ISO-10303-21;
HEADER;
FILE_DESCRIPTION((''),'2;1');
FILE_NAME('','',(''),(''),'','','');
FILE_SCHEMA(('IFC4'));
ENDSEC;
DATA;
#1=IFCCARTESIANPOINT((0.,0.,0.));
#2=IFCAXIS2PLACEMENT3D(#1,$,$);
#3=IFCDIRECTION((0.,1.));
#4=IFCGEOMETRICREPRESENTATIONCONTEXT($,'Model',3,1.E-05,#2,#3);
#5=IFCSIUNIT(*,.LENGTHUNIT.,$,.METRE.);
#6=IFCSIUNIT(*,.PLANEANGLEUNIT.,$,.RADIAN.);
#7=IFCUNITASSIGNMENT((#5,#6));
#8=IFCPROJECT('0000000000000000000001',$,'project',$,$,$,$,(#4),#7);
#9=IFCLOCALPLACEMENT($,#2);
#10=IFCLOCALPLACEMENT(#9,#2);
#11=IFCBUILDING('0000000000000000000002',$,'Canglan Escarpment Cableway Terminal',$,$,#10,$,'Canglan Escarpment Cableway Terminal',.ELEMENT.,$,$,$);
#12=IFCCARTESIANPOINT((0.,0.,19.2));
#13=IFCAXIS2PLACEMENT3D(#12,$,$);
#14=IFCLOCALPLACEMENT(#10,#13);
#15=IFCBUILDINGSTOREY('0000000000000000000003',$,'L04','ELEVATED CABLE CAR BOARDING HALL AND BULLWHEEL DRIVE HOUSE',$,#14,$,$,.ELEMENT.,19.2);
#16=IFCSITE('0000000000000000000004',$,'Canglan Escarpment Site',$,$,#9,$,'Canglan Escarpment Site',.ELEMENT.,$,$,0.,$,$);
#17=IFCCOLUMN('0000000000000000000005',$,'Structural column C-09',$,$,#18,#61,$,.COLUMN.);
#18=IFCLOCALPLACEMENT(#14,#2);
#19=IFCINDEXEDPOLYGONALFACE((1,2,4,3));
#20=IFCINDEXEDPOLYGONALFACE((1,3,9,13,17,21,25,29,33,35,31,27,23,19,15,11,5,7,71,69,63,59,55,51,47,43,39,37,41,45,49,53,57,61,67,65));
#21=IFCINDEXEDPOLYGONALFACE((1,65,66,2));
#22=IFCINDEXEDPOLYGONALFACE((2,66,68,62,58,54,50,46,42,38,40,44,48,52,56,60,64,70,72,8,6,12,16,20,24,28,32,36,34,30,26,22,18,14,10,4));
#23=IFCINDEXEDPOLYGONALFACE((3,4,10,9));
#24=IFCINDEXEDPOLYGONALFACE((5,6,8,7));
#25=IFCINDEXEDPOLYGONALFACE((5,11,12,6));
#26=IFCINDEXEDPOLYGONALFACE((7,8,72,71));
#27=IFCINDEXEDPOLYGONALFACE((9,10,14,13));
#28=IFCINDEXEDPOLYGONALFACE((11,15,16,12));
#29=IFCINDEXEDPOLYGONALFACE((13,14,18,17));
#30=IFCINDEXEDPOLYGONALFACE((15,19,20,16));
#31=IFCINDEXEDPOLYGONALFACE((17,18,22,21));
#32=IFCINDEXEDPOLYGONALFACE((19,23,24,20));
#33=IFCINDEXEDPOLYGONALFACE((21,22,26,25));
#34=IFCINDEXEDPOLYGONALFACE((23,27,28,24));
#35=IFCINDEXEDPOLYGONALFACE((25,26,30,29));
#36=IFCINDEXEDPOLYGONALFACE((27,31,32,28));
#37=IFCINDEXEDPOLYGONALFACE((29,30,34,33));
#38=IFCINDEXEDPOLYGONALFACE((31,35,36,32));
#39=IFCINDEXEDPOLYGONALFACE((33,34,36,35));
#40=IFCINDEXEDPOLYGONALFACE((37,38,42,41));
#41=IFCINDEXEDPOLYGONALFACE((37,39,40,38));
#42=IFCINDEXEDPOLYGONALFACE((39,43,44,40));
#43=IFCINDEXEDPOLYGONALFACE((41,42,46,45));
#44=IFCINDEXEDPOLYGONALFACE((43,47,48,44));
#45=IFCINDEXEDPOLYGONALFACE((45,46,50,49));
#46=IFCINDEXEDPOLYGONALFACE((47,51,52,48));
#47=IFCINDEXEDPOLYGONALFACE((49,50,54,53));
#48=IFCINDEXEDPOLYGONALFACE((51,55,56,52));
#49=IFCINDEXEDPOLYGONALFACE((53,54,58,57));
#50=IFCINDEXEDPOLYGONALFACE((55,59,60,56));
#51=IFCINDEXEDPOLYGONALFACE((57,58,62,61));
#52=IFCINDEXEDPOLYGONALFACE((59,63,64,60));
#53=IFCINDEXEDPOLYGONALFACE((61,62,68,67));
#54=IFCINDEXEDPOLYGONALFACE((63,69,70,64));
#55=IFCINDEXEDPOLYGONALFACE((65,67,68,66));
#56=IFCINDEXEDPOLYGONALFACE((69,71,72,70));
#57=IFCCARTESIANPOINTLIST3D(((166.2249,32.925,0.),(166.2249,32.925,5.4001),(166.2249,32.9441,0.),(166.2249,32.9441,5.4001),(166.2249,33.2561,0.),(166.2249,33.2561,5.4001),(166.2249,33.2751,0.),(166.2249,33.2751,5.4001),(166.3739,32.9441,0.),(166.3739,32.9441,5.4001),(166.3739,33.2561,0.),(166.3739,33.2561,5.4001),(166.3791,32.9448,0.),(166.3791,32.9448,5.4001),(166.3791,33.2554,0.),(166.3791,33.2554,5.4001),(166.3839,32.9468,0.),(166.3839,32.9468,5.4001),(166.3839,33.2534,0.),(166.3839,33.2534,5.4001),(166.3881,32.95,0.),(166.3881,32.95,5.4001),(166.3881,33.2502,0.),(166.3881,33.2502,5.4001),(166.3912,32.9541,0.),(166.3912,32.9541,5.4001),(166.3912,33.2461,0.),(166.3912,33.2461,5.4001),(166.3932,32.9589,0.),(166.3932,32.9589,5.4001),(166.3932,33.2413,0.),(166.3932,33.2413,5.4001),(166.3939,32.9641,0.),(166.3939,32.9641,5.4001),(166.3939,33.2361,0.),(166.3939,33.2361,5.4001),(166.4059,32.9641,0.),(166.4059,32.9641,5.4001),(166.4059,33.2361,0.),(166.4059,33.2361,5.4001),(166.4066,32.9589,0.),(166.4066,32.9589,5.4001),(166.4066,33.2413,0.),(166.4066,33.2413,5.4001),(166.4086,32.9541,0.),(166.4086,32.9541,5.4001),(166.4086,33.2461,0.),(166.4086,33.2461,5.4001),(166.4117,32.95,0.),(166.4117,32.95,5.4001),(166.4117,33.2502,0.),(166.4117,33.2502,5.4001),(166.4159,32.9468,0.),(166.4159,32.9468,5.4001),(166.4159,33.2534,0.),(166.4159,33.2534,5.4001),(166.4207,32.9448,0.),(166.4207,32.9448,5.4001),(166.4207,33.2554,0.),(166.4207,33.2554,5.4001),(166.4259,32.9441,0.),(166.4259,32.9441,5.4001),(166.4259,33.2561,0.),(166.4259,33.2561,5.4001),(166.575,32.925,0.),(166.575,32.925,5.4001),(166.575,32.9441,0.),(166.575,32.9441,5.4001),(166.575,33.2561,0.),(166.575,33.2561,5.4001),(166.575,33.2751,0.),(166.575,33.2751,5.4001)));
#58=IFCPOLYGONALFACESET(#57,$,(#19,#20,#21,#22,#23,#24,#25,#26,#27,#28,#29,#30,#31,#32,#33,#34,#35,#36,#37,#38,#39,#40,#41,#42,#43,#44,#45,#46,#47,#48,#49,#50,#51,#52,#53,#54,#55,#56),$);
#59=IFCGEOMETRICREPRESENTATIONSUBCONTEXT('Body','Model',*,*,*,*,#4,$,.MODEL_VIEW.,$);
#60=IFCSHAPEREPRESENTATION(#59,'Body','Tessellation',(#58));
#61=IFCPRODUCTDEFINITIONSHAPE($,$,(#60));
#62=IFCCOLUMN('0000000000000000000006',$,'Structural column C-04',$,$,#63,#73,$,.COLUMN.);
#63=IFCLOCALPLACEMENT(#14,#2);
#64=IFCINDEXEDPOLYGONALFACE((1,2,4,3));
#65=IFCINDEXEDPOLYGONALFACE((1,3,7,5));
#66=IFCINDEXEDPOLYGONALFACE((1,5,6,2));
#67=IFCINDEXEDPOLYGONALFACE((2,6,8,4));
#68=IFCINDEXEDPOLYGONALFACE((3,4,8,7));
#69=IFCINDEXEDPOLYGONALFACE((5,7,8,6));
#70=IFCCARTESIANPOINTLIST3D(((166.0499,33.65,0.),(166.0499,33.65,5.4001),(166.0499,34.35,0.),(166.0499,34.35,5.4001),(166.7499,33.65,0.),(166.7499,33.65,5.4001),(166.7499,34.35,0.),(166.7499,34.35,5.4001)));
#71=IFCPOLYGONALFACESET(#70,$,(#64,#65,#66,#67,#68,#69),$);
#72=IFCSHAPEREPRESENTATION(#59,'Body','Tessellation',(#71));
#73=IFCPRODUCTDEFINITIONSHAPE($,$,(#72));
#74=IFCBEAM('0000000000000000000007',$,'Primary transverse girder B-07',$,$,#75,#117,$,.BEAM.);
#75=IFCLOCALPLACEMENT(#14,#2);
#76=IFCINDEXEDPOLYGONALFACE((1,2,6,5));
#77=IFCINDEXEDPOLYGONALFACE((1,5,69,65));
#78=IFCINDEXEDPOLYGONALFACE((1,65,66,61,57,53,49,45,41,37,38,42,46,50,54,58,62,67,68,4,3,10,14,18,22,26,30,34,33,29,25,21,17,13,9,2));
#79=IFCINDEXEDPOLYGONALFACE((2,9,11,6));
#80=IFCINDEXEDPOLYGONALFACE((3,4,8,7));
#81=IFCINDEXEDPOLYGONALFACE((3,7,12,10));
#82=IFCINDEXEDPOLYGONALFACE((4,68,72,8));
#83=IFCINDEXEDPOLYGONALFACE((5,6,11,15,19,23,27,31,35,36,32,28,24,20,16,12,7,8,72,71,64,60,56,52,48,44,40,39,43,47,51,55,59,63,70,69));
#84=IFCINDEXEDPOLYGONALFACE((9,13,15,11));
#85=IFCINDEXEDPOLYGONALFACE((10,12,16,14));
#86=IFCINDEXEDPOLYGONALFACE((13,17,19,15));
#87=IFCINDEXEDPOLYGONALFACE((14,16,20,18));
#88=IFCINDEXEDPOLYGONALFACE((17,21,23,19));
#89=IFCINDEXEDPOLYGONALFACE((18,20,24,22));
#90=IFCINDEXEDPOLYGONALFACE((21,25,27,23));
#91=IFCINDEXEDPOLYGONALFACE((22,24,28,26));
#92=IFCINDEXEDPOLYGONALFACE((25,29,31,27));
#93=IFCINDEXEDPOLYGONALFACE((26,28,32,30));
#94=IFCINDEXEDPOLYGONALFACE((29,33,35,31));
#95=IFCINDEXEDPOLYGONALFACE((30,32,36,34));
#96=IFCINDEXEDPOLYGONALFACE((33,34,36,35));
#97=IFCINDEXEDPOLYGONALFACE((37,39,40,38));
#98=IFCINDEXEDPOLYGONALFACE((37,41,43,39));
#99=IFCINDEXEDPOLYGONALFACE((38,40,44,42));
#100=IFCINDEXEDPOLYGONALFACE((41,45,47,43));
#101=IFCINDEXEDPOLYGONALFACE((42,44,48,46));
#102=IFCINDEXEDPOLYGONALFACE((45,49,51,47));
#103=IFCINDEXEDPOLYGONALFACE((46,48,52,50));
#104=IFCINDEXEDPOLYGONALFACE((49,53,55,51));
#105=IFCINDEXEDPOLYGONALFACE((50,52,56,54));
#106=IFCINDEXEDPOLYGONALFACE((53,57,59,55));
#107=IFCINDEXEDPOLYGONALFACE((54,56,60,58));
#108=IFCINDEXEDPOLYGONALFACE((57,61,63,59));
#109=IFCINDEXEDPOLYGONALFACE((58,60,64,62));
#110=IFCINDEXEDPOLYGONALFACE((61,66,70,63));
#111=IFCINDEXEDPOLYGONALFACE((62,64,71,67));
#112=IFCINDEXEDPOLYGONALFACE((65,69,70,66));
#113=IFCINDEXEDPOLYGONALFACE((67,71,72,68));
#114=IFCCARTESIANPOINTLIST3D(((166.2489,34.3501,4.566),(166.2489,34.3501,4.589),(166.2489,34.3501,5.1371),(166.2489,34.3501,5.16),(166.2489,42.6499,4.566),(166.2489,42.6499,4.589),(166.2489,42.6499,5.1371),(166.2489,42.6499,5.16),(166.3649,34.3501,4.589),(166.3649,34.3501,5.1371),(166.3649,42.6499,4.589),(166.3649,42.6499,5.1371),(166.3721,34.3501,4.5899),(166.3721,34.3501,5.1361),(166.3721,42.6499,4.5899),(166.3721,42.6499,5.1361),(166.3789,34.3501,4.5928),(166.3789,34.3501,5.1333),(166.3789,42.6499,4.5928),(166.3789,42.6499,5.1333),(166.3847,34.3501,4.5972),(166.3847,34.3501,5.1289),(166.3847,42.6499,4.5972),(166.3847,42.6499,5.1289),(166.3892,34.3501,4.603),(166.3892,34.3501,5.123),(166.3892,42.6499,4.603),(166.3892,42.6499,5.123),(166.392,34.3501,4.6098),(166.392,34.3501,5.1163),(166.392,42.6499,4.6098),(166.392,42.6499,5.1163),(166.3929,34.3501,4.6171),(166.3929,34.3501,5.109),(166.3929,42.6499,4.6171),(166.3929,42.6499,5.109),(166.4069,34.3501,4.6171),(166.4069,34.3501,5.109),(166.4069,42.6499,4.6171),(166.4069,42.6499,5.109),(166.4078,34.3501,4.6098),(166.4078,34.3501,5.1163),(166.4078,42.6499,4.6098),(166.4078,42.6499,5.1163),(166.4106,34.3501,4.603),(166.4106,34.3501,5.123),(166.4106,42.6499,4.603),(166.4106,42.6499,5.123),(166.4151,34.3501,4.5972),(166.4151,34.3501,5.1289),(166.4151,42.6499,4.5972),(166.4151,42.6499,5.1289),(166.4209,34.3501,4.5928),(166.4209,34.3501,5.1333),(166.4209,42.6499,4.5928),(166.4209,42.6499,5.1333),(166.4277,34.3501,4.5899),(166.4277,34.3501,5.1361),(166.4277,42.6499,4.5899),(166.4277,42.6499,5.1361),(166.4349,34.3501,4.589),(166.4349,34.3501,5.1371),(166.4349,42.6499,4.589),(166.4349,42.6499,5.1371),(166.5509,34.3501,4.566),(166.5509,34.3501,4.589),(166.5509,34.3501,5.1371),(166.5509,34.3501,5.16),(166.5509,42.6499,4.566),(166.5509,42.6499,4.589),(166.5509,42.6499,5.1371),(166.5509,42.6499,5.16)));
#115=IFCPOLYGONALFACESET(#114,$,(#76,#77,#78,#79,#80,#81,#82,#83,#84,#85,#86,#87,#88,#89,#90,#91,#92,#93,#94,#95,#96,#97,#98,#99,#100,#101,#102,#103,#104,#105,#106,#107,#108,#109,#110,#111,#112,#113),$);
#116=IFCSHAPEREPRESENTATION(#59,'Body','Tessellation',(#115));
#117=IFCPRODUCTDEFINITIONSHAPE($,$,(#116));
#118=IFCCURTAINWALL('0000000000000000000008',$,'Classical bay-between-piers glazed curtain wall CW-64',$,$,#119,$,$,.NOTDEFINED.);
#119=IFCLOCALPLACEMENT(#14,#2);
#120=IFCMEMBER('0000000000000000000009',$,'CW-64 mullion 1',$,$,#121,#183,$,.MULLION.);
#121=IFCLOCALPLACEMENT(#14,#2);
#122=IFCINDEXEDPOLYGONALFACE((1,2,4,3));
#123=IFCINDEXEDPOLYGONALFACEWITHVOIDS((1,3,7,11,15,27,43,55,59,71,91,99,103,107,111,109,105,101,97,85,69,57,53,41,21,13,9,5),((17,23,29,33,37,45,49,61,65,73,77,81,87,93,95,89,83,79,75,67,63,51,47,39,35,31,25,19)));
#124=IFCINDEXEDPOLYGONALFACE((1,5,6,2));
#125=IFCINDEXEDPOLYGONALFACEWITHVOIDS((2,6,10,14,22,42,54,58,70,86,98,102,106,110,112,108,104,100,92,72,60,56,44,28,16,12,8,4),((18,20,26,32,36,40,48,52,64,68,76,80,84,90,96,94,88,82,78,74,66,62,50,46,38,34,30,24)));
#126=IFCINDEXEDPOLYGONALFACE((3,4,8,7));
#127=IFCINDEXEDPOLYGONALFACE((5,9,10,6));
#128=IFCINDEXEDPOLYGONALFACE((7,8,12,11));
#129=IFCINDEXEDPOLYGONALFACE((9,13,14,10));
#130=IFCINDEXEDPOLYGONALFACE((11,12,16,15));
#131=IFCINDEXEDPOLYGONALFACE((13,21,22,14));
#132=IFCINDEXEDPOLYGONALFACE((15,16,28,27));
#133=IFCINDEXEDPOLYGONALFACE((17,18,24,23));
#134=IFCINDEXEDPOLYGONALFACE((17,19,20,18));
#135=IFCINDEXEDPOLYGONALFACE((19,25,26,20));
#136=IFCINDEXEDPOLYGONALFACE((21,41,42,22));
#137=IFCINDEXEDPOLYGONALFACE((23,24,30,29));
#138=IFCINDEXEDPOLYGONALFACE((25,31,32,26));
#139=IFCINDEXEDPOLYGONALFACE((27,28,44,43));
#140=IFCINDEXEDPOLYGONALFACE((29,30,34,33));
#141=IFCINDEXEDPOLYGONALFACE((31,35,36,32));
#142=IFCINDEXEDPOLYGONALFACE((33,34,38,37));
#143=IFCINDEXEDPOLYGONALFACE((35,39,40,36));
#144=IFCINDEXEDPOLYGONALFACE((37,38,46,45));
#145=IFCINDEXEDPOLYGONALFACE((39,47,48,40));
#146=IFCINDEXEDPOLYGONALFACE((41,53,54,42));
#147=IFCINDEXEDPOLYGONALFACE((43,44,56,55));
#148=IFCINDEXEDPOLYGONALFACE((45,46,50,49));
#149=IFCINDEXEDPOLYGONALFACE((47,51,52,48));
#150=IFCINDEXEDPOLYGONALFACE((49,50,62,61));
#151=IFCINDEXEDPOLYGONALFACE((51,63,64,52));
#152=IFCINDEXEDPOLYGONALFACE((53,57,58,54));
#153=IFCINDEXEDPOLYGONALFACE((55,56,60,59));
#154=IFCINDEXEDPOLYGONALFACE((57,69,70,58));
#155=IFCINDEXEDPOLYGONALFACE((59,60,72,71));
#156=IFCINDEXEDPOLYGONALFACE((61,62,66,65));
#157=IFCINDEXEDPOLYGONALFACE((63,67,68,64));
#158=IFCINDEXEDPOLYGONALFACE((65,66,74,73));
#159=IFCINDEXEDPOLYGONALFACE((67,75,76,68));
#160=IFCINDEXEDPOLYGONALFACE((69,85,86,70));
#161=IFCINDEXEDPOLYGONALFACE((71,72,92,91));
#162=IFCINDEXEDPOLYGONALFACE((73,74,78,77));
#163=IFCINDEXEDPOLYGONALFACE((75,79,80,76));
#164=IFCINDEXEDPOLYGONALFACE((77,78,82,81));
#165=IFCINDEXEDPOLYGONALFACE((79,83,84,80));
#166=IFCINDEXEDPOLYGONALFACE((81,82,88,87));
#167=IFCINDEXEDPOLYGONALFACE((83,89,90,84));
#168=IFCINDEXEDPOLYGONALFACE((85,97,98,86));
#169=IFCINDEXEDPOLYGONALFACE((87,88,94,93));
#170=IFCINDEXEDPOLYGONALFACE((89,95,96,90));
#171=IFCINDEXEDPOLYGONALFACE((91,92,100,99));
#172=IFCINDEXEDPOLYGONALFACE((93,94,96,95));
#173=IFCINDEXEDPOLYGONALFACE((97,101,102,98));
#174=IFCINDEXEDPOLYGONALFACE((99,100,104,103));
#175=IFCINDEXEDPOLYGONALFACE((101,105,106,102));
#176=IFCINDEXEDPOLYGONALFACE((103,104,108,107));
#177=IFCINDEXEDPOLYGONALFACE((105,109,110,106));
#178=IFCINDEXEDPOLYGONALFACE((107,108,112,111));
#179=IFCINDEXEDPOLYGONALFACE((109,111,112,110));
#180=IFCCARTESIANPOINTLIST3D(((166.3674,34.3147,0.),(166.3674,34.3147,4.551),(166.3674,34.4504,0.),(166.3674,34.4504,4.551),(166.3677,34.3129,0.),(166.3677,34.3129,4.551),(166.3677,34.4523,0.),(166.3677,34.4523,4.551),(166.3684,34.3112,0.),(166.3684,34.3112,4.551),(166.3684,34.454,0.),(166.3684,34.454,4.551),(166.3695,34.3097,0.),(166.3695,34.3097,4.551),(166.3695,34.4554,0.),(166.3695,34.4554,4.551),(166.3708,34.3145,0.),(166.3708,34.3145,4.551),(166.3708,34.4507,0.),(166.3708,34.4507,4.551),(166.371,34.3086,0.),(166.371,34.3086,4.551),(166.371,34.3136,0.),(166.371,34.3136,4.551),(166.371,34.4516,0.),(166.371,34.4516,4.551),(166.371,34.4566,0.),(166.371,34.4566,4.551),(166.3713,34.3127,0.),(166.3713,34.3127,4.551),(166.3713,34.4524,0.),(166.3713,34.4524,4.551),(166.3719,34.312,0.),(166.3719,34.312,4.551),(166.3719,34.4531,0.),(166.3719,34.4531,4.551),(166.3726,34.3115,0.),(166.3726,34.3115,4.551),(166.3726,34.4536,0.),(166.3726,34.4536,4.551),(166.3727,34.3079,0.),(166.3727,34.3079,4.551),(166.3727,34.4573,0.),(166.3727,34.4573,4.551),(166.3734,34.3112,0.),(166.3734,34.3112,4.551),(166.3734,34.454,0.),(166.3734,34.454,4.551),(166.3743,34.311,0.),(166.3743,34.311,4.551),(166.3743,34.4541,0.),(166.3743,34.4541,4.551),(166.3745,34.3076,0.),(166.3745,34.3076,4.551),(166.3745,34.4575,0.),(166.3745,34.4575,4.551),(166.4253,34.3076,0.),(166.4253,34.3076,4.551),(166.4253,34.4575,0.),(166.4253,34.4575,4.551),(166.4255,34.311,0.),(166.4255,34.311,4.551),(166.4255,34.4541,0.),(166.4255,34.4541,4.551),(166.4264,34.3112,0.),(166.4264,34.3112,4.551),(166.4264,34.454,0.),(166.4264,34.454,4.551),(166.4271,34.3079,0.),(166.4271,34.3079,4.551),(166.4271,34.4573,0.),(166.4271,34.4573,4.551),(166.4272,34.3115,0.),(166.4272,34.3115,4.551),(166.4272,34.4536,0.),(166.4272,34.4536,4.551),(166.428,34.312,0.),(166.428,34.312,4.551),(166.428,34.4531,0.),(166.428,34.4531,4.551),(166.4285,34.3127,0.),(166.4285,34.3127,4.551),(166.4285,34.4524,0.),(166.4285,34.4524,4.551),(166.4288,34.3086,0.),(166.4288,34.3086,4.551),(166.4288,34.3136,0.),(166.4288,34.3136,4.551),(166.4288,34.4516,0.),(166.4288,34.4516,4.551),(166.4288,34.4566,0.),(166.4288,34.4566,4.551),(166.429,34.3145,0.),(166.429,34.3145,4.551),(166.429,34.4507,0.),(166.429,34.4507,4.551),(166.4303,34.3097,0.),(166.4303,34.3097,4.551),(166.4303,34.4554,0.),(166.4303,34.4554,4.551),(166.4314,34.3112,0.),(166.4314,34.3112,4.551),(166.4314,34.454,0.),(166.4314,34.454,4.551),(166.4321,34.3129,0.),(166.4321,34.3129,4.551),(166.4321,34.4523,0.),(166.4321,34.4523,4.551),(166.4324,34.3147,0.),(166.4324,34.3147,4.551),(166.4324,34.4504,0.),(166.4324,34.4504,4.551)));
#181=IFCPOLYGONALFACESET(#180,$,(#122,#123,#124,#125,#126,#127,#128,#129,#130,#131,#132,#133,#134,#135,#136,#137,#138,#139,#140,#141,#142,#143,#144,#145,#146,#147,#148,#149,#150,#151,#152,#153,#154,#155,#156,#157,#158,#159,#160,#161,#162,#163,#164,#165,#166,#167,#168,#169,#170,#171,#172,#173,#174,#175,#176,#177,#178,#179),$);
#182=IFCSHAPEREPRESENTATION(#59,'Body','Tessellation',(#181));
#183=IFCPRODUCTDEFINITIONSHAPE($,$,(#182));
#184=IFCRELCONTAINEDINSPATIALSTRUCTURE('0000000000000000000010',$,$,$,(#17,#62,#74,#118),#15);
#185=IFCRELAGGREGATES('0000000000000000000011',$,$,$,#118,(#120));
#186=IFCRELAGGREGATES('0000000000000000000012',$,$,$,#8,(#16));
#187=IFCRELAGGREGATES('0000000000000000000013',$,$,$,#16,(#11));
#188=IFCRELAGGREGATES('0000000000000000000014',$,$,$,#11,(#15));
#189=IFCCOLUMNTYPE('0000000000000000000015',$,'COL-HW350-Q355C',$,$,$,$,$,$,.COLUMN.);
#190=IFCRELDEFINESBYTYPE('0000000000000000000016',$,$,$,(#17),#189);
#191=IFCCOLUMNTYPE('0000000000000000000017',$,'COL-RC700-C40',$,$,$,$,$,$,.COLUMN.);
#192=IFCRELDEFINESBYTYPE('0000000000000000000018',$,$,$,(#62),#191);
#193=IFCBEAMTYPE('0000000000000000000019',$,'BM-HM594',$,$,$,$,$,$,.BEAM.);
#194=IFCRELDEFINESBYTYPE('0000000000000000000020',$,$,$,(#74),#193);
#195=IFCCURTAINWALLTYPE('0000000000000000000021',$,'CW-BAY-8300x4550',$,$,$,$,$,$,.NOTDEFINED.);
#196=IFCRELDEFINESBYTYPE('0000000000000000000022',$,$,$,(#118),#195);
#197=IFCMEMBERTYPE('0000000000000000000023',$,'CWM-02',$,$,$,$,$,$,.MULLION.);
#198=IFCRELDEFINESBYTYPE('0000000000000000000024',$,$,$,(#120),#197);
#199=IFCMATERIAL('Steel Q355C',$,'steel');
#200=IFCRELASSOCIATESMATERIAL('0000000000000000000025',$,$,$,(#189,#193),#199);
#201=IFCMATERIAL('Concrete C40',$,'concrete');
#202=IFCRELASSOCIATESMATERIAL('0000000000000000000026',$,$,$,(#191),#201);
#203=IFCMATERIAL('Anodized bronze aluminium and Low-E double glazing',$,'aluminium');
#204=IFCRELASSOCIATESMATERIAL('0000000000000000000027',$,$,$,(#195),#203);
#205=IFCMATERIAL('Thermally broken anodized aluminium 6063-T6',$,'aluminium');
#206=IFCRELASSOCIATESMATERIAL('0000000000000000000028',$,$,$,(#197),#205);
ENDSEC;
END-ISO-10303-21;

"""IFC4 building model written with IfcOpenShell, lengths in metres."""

from ifc_helpers import new_model, si_unit, direction, frame, origin, origin_2d, place, context, subcontext, project, spatial, rectangle, hollow_rectangle, i_section, extrude, material, material_profile, profile_set, type_object, element, aggregate, save


model = new_model("IFC4")

# Units and contexts
model_context = context("Model", 3, precision=1e-05, world=origin(), true_north=direction((0.0, 1.0)))
body_context = subcontext(model_context, "Body", "Model", "MODEL_VIEW")
ifc_project = project(units=[si_unit("LENGTHUNIT", "METRE"), si_unit("PLANEANGLEUNIT", "RADIAN")], contexts=[model_context])

# Site, building, storey
site_placement = place(None, origin())
site = spatial("IfcSite", under=ifc_project, at=site_placement, Name="Canglan Escarpment Site", LongName="Canglan Escarpment Site", CompositionType="ELEMENT", RefElevation=0.0)
building_placement = place(site_placement, origin())
building = spatial("IfcBuilding", under=site, at=building_placement, Name="Canglan Escarpment Cableway Terminal", LongName="Canglan Escarpment Cableway Terminal", CompositionType="ELEMENT")
storey_placement = place(building_placement, frame((0.0, 0.0, 19.2)))
storey = spatial("IfcBuildingStorey", under=building, at=storey_placement, Name="L04", Description="ELEVATED CABLE CAR BOARDING HALL AND BULLWHEEL DRIVE HOUSE", CompositionType="ELEMENT", Elevation=19.2)

# Columns
ifc_material_1 = material(Name="Steel Q355C", Category="steel")
ifc_material_profile_1 = material_profile(ifc_material_1, i_section(OverallWidth=0.3501, OverallDepth=0.3501, WebThickness=0.012, FlangeThickness=0.019, FilletRadius=0.02, at=origin_2d()), Name="HW 350x350x12x19")
ifc_profile_set_1 = profile_set([ifc_material_profile_1], Name="Steel Q355C")
column_type_1 = type_object("IfcColumnType", Name="COL-HW350-Q355C", PredefinedType="COLUMN", material=ifc_profile_set_1)
column_1_placement = place(storey_placement, frame((166.3999, 33.1001, 0.0), z_axis=(0.0, 0.0, 1.0), x_axis=(1.0, 0.0, 0.0)))
element("IfcColumn", 1, at=column_1_placement, inside=storey, type_object=column_type_1, Name="Structural column C-09", PredefinedType="COLUMN", context=body_context, shape_type="SweptSolid", body=[
    extrude(i_section(OverallWidth=0.3501, OverallDepth=0.3501, WebThickness=0.012, FlangeThickness=0.019, FilletRadius=0.02, at=origin_2d()), origin(), (0.0, 0.0, 1.0), 5.4001),
])
ifc_material_2 = material(Name="Concrete C40", Category="concrete")
ifc_material_profile_2 = material_profile(ifc_material_2, rectangle(XDim=0.7, YDim=0.7, at=origin_2d()), Name="RC 700x700")
ifc_profile_set_2 = profile_set([ifc_material_profile_2], Name="Concrete C40")
column_type_2 = type_object("IfcColumnType", Name="COL-RC700-C40", PredefinedType="COLUMN", material=ifc_profile_set_2)
column_2_placement = place(storey_placement, frame((166.3999, 34.0, 0.0), z_axis=(0.0, 0.0, 1.0), x_axis=(1.0, 0.0, 0.0)))
element("IfcColumn", 2, at=column_2_placement, inside=storey, type_object=column_type_2, Name="Structural column C-04", PredefinedType="COLUMN", context=body_context, shape_type="SweptSolid", body=[
    extrude(rectangle(XDim=0.7, YDim=0.7, at=origin_2d()), origin(), (0.0, 0.0, 1.0), 5.4001),
])

# Beam
ifc_material_profile_3 = material_profile(ifc_material_1, i_section(OverallWidth=0.302, OverallDepth=0.594, WebThickness=0.0139, FlangeThickness=0.0229, FilletRadius=0.0281, at=origin_2d()), Name="HM 594x302x14x23")
ifc_profile_set_3 = profile_set([ifc_material_profile_3], Name="Steel Q355C")
beam_type = type_object("IfcBeamType", Name="BM-HM594", PredefinedType="BEAM", material=ifc_profile_set_3)
beam_placement = place(storey_placement, frame((166.3999, 34.3501, 4.863), z_axis=(0.0, 1.0, 0.0), x_axis=(-1.0, 0.0, 0.0)))
element("IfcBeam", 3, at=beam_placement, inside=storey, type_object=beam_type, Name="Primary transverse girder B-07", PredefinedType="BEAM", context=body_context, shape_type="SweptSolid", body=[
    extrude(i_section(OverallWidth=0.302, OverallDepth=0.594, WebThickness=0.0139, FlangeThickness=0.0229, FilletRadius=0.0281, at=origin_2d()), origin(), (0.0, 0.0, 1.0), 8.2998),
])

# Curtain wall, member
ifc_material_3 = material(Name="Anodized bronze aluminium and Low-E double glazing", Category="aluminium")
curtain_wall_type_1 = type_object("IfcCurtainWallType", Name="CW-BAY-8300x4550", PredefinedType="NOTDEFINED", material=ifc_material_3)
curtain_wall_1_placement = place(storey_placement, origin())
curtain_wall_1 = element("IfcCurtainWall", 4, at=curtain_wall_1_placement, inside=storey, type_object=curtain_wall_type_1, Name="Classical bay-between-piers glazed curtain wall CW-64", PredefinedType="NOTDEFINED")
ifc_material_4 = material(Name="Thermally broken anodized aluminium 6063-T6", Category="aluminium")
ifc_material_profile_4 = material_profile(ifc_material_4, hollow_rectangle(XDim=0.0649, YDim=0.1499, WallThickness=0.0034, InnerFilletRadius=0.0034, OuterFilletRadius=0.0071, at=origin_2d()), Name="ALU-MULL 65x150x3.5")
ifc_profile_set_4 = profile_set([ifc_material_profile_4], Name="Thermally broken anodized aluminium 6063-T6")
member_type_1 = type_object("IfcMemberType", Name="CWM-02", PredefinedType="MULLION", material=ifc_profile_set_4)
member_1_placement = place(storey_placement, frame((166.3999, 34.3826, 0.0), z_axis=(0.0, 0.0, 1.0), x_axis=(-1.0, 0.0, 0.0)))
member_1 = element("IfcMember", 5, at=member_1_placement, type_object=member_type_1, Name="CW-64 mullion 1", PredefinedType="MULLION", context=body_context, shape_type="SweptSolid", body=[
    extrude(hollow_rectangle(XDim=0.0649, YDim=0.1499, WallThickness=0.0034, InnerFilletRadius=0.0034, OuterFilletRadius=0.0071, at=origin_2d()), origin(), (0.0, 0.0, 1.0), 4.551),
])

aggregate(curtain_wall_1, [member_1])

save(model, "model.ifc")
